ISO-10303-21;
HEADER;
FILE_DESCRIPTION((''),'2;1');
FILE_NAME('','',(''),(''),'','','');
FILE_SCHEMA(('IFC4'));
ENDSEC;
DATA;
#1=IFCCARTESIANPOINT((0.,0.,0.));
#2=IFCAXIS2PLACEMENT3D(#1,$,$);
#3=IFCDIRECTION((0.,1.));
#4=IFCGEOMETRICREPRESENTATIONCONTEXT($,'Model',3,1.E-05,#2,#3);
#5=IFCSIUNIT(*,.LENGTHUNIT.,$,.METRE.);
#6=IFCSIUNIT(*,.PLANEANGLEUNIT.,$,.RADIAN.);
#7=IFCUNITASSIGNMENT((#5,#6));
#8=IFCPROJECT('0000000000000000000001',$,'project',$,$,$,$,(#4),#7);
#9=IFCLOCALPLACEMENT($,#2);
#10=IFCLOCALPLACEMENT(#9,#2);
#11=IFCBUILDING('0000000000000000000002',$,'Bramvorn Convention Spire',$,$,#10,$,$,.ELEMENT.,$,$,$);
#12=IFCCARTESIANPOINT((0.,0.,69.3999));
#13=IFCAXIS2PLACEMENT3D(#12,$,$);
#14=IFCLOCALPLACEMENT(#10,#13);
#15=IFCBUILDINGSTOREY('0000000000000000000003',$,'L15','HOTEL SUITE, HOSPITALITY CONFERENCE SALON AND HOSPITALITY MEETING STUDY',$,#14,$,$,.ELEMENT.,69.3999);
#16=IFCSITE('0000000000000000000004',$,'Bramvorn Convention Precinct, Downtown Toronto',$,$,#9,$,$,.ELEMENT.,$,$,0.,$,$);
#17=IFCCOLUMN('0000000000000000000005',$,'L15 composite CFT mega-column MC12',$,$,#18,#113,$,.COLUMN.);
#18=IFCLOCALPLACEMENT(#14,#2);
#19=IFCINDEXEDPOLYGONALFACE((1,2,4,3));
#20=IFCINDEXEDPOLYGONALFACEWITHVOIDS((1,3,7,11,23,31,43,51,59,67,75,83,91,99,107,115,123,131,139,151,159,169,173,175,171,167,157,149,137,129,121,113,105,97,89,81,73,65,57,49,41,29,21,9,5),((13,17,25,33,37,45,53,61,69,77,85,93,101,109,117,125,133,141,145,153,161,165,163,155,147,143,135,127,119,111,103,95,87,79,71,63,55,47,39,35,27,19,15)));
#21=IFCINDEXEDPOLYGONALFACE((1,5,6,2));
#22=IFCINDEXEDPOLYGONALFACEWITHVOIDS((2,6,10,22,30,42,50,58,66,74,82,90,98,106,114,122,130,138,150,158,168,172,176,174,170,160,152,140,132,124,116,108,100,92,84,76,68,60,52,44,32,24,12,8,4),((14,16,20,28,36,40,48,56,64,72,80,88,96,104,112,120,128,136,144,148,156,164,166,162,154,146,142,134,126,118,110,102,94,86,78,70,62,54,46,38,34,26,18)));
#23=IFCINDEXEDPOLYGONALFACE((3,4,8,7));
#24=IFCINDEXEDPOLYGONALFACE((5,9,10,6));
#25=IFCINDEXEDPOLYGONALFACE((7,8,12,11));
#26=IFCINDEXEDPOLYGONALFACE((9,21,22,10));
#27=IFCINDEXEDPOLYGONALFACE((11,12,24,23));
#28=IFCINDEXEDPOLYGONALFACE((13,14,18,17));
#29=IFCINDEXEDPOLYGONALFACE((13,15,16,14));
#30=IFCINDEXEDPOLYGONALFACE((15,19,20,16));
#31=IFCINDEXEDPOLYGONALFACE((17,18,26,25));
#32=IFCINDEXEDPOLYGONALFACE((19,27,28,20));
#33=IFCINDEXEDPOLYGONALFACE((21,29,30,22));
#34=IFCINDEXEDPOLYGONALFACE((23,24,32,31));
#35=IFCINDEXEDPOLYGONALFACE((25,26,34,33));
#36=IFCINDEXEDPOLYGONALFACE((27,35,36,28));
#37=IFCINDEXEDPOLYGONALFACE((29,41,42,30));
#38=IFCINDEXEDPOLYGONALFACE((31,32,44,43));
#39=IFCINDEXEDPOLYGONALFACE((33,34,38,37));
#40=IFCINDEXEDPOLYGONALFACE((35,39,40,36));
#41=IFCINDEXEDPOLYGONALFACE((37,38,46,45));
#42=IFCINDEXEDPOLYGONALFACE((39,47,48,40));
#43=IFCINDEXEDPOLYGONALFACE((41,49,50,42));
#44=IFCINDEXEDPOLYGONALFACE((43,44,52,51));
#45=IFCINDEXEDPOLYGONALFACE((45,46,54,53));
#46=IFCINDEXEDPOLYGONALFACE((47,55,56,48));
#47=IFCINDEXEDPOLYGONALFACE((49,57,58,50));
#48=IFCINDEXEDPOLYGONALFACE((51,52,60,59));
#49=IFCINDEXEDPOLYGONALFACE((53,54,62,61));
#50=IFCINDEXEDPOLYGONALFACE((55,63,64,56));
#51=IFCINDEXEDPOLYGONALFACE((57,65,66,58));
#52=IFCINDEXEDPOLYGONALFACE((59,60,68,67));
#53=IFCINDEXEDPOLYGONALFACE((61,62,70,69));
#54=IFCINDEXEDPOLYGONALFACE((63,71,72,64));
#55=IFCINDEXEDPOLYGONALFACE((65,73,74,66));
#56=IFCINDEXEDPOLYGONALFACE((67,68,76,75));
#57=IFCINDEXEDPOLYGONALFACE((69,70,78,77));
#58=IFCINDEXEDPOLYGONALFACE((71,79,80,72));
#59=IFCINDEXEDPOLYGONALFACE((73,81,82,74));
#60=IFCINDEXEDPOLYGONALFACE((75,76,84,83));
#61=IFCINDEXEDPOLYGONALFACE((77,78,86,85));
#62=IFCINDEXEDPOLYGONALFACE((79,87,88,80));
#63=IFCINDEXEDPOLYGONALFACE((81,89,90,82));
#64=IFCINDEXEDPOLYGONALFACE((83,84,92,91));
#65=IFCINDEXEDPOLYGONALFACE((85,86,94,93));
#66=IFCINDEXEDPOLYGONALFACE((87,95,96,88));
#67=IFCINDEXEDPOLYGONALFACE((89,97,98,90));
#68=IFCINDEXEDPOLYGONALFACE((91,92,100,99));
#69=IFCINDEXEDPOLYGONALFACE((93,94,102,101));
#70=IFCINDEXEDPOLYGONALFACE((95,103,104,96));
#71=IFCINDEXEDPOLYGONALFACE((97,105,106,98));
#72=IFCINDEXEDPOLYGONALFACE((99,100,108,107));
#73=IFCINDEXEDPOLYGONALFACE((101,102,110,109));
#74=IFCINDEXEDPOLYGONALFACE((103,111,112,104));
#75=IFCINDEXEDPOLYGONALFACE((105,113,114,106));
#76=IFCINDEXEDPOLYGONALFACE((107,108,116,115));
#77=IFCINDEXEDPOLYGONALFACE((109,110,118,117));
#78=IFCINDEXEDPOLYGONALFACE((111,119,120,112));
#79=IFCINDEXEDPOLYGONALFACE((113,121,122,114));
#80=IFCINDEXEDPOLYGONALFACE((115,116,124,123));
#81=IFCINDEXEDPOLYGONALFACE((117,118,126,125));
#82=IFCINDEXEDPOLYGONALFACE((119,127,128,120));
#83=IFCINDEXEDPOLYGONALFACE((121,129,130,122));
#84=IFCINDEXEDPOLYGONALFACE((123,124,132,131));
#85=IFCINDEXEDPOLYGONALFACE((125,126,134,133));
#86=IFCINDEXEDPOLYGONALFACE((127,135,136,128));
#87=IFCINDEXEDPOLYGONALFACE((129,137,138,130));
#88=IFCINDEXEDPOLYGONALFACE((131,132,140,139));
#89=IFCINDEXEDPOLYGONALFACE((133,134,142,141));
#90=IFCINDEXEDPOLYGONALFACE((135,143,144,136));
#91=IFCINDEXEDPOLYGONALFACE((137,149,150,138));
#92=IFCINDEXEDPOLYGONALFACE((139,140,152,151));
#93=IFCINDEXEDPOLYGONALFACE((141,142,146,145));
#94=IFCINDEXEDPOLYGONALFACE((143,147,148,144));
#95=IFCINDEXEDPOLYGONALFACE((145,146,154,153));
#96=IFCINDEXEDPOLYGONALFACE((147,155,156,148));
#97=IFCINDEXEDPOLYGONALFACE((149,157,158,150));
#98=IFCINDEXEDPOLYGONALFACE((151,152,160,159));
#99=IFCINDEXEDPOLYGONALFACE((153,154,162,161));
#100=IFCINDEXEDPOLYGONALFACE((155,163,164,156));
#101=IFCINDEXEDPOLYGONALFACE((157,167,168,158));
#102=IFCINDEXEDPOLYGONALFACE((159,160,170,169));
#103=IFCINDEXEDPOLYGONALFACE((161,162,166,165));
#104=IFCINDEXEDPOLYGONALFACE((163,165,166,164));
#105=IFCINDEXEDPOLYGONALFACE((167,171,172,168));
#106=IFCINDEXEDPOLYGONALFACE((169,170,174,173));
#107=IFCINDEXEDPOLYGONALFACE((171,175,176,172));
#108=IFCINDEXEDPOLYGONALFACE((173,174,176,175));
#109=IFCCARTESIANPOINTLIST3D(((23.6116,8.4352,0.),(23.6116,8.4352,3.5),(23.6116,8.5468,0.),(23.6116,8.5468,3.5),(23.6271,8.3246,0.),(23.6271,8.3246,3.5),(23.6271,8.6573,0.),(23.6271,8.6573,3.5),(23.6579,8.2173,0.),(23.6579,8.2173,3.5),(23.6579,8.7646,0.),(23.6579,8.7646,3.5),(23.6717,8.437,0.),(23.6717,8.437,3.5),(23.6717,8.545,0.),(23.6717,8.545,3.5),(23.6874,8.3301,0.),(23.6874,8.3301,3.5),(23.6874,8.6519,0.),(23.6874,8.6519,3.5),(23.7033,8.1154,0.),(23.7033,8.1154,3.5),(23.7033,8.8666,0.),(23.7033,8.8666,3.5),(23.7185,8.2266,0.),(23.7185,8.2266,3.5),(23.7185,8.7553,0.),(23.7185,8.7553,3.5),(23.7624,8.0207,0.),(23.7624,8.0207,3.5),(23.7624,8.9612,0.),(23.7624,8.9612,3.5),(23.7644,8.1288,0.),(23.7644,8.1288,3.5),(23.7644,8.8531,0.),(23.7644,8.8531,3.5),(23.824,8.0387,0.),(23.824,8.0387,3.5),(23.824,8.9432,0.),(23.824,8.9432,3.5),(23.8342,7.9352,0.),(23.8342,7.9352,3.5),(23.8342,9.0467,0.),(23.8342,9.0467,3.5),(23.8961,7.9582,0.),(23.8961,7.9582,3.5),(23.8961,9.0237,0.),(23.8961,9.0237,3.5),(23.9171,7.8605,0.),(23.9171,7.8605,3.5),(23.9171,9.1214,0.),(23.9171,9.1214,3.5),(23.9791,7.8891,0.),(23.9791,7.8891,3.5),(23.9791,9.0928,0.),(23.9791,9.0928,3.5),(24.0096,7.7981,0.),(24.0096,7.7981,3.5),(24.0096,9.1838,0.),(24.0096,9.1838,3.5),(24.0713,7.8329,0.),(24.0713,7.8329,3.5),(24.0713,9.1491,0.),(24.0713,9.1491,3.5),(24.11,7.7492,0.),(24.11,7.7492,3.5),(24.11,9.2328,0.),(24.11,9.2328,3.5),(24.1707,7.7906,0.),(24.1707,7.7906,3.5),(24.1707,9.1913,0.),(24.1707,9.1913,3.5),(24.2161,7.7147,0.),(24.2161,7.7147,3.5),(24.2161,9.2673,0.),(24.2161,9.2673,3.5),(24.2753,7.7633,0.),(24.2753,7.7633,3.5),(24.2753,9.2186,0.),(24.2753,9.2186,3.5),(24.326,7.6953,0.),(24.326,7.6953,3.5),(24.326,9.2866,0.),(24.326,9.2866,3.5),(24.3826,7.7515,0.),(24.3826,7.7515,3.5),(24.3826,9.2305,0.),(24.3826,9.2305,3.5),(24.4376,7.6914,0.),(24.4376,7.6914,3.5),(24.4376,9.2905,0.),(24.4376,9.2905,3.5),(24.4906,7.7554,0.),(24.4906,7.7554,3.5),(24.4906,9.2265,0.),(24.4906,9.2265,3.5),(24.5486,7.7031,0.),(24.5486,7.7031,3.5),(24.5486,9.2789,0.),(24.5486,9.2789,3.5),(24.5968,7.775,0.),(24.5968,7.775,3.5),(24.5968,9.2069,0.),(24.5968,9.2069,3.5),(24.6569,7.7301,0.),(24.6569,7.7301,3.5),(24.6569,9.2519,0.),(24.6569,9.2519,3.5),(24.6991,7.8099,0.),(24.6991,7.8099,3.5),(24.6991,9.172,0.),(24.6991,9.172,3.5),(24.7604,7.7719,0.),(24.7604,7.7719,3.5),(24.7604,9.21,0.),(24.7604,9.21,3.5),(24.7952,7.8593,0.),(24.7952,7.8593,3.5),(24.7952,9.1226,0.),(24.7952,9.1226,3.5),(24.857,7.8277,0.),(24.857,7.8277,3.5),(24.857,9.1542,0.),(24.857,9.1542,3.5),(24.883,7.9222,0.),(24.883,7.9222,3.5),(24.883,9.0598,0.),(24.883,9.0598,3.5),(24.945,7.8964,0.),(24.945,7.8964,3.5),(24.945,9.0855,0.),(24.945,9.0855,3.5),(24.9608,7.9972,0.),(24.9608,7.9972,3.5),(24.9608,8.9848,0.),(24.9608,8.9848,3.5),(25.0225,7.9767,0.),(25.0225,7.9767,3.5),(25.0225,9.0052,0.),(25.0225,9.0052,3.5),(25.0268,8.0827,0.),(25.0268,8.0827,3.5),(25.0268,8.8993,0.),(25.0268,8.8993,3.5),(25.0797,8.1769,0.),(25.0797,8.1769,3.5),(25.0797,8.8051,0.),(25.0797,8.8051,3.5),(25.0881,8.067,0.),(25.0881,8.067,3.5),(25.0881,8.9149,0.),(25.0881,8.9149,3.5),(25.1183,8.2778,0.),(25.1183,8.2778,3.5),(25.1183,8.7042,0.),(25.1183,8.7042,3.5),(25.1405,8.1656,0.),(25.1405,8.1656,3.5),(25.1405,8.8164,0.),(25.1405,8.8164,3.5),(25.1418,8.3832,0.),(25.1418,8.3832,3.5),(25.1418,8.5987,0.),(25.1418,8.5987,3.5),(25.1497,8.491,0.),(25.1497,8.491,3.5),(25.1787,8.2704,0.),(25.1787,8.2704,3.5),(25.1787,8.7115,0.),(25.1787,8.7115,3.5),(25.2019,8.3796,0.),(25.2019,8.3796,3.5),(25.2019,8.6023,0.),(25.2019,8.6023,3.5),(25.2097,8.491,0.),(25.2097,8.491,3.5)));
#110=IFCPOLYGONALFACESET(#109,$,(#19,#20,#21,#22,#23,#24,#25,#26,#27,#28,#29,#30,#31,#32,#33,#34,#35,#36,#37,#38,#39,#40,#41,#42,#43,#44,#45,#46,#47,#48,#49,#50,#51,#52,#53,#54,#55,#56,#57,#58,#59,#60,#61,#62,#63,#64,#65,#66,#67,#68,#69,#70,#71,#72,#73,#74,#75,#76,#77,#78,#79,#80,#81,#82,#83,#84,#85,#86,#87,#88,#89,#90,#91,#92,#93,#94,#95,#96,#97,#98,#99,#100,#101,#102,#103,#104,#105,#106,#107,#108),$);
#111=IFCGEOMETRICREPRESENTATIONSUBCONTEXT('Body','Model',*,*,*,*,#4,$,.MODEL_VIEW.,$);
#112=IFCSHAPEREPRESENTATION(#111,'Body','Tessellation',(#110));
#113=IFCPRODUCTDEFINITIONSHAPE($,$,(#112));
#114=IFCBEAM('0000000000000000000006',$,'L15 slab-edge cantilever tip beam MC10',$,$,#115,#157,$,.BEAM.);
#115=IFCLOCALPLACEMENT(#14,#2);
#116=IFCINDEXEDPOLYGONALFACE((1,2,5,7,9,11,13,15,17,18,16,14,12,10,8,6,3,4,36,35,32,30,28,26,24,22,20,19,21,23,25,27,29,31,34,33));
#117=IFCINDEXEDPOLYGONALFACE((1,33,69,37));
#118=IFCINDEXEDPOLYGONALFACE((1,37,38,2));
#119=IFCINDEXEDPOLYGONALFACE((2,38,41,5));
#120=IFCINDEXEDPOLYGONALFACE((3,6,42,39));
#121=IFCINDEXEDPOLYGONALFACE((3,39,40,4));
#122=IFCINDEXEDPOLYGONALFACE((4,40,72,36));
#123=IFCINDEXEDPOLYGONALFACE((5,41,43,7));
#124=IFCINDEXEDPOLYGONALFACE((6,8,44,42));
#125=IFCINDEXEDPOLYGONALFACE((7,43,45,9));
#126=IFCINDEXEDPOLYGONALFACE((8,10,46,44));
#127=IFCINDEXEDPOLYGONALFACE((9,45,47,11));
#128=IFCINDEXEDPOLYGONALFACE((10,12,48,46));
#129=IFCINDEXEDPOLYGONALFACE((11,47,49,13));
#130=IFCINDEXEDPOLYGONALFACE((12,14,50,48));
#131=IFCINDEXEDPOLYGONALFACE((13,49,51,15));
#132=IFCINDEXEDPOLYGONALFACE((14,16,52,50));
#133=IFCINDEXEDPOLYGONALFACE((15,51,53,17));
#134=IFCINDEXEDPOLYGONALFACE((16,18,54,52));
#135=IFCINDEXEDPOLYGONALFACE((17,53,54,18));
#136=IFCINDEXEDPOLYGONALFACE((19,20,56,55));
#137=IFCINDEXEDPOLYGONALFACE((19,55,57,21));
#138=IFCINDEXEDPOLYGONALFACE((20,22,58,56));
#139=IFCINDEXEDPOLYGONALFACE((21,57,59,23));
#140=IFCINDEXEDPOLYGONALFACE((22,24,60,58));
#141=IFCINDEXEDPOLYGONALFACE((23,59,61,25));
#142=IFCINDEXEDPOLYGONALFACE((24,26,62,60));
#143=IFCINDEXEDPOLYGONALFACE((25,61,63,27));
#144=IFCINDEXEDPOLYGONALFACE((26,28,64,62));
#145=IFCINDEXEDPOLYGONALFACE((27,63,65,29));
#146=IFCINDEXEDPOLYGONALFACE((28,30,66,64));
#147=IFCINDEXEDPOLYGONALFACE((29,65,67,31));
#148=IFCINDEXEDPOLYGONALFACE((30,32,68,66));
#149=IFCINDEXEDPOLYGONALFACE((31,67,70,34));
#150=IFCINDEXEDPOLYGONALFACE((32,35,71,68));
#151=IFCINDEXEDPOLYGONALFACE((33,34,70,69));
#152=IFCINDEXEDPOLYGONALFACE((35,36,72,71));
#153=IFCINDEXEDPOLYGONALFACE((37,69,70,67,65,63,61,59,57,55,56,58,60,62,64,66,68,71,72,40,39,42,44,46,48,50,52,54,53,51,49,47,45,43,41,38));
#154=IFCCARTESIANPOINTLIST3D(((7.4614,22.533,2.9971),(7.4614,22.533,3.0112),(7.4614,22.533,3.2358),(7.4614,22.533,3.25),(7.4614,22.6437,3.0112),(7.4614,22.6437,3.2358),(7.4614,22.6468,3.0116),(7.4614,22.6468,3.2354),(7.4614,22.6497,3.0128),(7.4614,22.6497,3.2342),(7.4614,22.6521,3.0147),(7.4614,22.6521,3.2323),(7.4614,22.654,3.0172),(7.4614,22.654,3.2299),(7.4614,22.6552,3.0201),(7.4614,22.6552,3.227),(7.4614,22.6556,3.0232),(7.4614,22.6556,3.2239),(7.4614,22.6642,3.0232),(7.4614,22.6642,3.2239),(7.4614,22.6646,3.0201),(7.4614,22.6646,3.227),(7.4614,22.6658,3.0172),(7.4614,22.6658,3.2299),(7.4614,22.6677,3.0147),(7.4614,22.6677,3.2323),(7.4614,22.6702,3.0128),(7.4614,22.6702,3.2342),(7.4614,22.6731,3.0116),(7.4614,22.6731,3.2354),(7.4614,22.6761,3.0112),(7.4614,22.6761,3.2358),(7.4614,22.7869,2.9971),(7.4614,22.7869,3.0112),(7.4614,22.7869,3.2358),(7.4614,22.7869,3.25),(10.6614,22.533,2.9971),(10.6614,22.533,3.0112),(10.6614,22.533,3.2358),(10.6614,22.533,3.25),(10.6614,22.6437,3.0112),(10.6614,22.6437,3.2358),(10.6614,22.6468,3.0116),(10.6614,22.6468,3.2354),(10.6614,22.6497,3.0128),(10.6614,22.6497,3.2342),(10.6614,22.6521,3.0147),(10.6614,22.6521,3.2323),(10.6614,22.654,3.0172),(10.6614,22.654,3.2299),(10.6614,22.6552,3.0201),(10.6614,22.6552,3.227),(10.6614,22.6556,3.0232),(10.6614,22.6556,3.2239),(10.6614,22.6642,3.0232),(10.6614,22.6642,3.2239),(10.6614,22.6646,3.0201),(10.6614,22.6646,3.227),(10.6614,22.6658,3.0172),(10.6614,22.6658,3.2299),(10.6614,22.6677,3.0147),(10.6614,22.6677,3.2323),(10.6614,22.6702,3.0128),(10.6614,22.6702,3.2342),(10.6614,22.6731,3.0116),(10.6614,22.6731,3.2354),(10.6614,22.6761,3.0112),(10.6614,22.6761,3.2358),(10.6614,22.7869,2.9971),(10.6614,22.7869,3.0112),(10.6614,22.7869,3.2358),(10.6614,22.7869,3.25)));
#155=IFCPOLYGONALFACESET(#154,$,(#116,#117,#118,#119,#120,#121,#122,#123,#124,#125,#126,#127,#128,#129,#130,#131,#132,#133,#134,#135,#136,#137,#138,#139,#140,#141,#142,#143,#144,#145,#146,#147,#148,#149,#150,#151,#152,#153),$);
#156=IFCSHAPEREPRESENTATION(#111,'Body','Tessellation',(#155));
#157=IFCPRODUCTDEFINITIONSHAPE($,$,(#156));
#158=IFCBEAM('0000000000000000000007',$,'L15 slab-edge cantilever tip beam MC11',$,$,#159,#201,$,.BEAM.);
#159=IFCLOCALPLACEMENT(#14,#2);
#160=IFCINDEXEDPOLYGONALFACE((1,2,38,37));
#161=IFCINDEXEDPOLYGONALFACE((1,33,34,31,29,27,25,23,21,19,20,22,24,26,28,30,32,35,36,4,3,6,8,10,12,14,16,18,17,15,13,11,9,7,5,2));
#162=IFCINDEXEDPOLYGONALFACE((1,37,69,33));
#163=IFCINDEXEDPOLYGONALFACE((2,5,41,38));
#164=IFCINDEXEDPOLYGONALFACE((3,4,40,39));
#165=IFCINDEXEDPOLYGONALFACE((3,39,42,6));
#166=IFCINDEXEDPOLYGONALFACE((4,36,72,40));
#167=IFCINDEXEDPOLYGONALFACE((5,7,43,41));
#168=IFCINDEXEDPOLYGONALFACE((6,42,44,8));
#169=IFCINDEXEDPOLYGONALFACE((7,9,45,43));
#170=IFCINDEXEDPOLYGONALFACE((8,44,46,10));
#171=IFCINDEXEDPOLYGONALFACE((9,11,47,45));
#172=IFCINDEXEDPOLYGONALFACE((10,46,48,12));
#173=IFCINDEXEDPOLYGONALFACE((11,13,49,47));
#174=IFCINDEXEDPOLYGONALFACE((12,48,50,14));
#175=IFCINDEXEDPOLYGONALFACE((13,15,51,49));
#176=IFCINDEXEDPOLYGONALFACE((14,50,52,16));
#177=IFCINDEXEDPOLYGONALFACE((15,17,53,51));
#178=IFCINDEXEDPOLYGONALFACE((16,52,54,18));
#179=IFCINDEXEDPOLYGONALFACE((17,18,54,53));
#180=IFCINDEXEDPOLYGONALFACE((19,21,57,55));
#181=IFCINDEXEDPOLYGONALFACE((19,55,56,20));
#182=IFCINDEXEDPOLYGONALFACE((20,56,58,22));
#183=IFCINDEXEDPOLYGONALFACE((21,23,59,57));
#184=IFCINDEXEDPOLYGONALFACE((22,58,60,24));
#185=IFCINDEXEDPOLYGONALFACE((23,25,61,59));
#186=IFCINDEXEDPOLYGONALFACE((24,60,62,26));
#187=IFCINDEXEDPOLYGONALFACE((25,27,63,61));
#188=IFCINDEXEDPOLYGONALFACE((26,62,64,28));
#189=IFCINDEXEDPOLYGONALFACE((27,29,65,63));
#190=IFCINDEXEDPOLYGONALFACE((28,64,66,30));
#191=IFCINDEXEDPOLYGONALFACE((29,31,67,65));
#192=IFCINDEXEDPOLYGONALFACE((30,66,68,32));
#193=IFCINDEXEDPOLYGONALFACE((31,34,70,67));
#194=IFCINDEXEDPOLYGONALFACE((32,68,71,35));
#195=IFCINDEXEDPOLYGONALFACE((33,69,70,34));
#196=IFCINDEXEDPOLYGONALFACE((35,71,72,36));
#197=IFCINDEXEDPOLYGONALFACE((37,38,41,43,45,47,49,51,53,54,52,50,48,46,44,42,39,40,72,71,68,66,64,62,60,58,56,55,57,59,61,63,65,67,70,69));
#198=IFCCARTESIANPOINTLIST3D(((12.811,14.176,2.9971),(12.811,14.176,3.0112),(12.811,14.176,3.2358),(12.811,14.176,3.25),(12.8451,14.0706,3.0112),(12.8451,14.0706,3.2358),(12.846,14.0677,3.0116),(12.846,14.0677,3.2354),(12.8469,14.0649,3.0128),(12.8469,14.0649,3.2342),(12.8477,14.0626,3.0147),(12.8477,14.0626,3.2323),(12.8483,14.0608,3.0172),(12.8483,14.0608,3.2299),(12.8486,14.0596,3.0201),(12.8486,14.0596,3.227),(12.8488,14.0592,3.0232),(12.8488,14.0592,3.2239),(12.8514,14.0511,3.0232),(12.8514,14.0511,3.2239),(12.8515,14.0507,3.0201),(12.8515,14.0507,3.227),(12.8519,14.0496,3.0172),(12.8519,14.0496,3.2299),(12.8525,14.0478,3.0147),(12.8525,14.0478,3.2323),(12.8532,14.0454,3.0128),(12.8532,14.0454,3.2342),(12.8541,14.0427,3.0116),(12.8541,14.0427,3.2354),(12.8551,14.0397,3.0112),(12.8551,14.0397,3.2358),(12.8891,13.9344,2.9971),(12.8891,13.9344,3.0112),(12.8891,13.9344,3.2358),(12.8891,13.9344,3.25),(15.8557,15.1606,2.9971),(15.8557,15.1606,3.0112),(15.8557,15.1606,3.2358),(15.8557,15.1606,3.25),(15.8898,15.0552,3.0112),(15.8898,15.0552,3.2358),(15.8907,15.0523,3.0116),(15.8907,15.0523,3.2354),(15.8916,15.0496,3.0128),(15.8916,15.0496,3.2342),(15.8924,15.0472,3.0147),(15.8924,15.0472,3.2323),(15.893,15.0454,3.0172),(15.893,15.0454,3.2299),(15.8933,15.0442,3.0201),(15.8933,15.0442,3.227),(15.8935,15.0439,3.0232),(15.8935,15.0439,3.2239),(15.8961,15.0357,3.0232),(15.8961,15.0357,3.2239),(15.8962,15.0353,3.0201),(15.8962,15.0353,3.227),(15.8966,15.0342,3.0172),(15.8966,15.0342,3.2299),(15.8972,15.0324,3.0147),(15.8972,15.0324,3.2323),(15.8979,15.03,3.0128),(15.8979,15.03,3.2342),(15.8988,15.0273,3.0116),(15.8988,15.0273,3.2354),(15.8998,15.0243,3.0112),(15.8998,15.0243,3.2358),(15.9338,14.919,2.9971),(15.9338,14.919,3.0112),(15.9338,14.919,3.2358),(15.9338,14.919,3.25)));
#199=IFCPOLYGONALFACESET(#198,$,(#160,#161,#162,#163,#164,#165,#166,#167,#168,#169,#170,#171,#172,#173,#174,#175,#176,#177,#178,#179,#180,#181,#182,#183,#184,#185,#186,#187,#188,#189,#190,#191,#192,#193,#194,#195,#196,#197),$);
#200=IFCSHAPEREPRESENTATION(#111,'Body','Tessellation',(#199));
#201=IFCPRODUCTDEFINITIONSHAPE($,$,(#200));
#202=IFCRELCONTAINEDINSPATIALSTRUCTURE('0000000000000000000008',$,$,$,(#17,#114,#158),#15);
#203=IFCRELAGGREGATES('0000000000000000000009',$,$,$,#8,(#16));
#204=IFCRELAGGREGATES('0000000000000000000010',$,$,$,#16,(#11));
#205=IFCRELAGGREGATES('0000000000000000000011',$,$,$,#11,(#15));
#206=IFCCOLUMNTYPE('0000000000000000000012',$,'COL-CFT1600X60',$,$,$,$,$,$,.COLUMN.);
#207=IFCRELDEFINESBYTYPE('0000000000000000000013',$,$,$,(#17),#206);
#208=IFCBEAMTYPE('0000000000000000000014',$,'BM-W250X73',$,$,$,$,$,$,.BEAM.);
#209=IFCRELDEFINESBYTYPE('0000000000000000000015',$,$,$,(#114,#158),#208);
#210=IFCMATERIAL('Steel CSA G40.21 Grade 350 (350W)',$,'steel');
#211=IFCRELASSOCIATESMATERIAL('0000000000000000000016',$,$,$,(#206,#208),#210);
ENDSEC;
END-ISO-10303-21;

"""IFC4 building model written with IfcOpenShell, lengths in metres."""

from ifc_helpers import new_model, si_unit, direction, frame, origin, origin_2d, place, context, subcontext, project, spatial, hollow_circle, i_section, extrude, material, material_profile, profile_set, type_object, element, save


model = new_model("IFC4")

# Units and contexts
model_context = context("Model", 3, precision=1e-05, world=origin(), true_north=direction((0.0, 1.0)))
body_context = subcontext(model_context, "Body", "Model", "MODEL_VIEW")
ifc_project = project(units=[si_unit("LENGTHUNIT", "METRE"), si_unit("PLANEANGLEUNIT", "RADIAN")], contexts=[model_context])

# Site, building, storey
site_placement = place(None, origin())
site = spatial("IfcSite", under=ifc_project, at=site_placement, Name="Bramvorn Convention Precinct, Downtown Toronto", CompositionType="ELEMENT", RefElevation=0.0)
building_placement = place(site_placement, origin())
building = spatial("IfcBuilding", under=site, at=building_placement, Name="Bramvorn Convention Spire", CompositionType="ELEMENT")
storey_placement = place(building_placement, frame((0.0, 0.0, 69.3999)))
storey = spatial("IfcBuildingStorey", under=building, at=storey_placement, Name="L15", Description="HOTEL SUITE, HOSPITALITY CONFERENCE SALON AND HOSPITALITY MEETING STUDY", CompositionType="ELEMENT", Elevation=69.3999)

# Column
ifc_material_1 = material(Name="Steel CSA G40.21 Grade 350 (350W)", Category="steel")
ifc_material_profile_1 = material_profile(ifc_material_1, hollow_circle(Radius=0.8, WallThickness=0.0601, at=origin_2d()))
ifc_profile_set_1 = profile_set([ifc_material_profile_1], Name="Steel CSA G40.21 Grade 350 (350W) - CFT1600X60")
column_type = type_object("IfcColumnType", Name="COL-CFT1600X60", PredefinedType="COLUMN", material=ifc_profile_set_1)
for number, where, z_axis, x_axis, name in (
    (1, (24.4097, 8.491, 0.0), (0.0, 0.0, 1.0), (1.0, 0.0, 0.0), "L15 composite CFT mega-column MC12"),
):
    element("IfcColumn", number, at=place(storey_placement, frame(where, z_axis=z_axis, x_axis=x_axis)), inside=storey, type_object=column_type, Name=name, PredefinedType="COLUMN", context=body_context, shape_type="SweptSolid", body=[
        extrude(hollow_circle(Radius=0.8, WallThickness=0.0601, at=origin_2d()), origin(), (0.0, 0.0, 1.0), 3.5),
    ])

# Beams
ifc_material_profile_2 = material_profile(ifc_material_1, i_section(OverallWidth=0.2539, OverallDepth=0.2529, WebThickness=0.0085, FlangeThickness=0.0142, FilletRadius=0.012, at=origin_2d()))
ifc_profile_set_2 = profile_set([ifc_material_profile_2], Name="Steel CSA G40.21 Grade 350 (350W) - W250X73")
beam_type_1 = type_object("IfcBeamType", Name="BM-W250X73", PredefinedType="BEAM", material=ifc_profile_set_2)
for number, where, z_axis, x_axis, name in (
    (2, (10.6614, 22.6599, 3.1235), (-1.0, 0.0, 0.0), (0.0, -1.0, 0.0), "L15 slab-edge cantilever tip beam MC10"),
    (3, (15.8948, 15.0398, 3.1235), (-0.951483, -0.3077, 0.0), (0.3077, -0.951483, 0.0), "L15 slab-edge cantilever tip beam MC11"),
):
    element("IfcBeam", number, at=place(storey_placement, frame(where, z_axis=z_axis, x_axis=x_axis)), inside=storey, type_object=beam_type_1, Name=name, PredefinedType="BEAM", context=body_context, shape_type="SweptSolid", body=[
        extrude(i_section(OverallWidth=0.2539, OverallDepth=0.2529, WebThickness=0.0085, FlangeThickness=0.0142, FilletRadius=0.012, at=origin_2d()), origin(), (0.0, 0.0, 1.0), 3.2),
    ])

save(model, "model.ifc")
